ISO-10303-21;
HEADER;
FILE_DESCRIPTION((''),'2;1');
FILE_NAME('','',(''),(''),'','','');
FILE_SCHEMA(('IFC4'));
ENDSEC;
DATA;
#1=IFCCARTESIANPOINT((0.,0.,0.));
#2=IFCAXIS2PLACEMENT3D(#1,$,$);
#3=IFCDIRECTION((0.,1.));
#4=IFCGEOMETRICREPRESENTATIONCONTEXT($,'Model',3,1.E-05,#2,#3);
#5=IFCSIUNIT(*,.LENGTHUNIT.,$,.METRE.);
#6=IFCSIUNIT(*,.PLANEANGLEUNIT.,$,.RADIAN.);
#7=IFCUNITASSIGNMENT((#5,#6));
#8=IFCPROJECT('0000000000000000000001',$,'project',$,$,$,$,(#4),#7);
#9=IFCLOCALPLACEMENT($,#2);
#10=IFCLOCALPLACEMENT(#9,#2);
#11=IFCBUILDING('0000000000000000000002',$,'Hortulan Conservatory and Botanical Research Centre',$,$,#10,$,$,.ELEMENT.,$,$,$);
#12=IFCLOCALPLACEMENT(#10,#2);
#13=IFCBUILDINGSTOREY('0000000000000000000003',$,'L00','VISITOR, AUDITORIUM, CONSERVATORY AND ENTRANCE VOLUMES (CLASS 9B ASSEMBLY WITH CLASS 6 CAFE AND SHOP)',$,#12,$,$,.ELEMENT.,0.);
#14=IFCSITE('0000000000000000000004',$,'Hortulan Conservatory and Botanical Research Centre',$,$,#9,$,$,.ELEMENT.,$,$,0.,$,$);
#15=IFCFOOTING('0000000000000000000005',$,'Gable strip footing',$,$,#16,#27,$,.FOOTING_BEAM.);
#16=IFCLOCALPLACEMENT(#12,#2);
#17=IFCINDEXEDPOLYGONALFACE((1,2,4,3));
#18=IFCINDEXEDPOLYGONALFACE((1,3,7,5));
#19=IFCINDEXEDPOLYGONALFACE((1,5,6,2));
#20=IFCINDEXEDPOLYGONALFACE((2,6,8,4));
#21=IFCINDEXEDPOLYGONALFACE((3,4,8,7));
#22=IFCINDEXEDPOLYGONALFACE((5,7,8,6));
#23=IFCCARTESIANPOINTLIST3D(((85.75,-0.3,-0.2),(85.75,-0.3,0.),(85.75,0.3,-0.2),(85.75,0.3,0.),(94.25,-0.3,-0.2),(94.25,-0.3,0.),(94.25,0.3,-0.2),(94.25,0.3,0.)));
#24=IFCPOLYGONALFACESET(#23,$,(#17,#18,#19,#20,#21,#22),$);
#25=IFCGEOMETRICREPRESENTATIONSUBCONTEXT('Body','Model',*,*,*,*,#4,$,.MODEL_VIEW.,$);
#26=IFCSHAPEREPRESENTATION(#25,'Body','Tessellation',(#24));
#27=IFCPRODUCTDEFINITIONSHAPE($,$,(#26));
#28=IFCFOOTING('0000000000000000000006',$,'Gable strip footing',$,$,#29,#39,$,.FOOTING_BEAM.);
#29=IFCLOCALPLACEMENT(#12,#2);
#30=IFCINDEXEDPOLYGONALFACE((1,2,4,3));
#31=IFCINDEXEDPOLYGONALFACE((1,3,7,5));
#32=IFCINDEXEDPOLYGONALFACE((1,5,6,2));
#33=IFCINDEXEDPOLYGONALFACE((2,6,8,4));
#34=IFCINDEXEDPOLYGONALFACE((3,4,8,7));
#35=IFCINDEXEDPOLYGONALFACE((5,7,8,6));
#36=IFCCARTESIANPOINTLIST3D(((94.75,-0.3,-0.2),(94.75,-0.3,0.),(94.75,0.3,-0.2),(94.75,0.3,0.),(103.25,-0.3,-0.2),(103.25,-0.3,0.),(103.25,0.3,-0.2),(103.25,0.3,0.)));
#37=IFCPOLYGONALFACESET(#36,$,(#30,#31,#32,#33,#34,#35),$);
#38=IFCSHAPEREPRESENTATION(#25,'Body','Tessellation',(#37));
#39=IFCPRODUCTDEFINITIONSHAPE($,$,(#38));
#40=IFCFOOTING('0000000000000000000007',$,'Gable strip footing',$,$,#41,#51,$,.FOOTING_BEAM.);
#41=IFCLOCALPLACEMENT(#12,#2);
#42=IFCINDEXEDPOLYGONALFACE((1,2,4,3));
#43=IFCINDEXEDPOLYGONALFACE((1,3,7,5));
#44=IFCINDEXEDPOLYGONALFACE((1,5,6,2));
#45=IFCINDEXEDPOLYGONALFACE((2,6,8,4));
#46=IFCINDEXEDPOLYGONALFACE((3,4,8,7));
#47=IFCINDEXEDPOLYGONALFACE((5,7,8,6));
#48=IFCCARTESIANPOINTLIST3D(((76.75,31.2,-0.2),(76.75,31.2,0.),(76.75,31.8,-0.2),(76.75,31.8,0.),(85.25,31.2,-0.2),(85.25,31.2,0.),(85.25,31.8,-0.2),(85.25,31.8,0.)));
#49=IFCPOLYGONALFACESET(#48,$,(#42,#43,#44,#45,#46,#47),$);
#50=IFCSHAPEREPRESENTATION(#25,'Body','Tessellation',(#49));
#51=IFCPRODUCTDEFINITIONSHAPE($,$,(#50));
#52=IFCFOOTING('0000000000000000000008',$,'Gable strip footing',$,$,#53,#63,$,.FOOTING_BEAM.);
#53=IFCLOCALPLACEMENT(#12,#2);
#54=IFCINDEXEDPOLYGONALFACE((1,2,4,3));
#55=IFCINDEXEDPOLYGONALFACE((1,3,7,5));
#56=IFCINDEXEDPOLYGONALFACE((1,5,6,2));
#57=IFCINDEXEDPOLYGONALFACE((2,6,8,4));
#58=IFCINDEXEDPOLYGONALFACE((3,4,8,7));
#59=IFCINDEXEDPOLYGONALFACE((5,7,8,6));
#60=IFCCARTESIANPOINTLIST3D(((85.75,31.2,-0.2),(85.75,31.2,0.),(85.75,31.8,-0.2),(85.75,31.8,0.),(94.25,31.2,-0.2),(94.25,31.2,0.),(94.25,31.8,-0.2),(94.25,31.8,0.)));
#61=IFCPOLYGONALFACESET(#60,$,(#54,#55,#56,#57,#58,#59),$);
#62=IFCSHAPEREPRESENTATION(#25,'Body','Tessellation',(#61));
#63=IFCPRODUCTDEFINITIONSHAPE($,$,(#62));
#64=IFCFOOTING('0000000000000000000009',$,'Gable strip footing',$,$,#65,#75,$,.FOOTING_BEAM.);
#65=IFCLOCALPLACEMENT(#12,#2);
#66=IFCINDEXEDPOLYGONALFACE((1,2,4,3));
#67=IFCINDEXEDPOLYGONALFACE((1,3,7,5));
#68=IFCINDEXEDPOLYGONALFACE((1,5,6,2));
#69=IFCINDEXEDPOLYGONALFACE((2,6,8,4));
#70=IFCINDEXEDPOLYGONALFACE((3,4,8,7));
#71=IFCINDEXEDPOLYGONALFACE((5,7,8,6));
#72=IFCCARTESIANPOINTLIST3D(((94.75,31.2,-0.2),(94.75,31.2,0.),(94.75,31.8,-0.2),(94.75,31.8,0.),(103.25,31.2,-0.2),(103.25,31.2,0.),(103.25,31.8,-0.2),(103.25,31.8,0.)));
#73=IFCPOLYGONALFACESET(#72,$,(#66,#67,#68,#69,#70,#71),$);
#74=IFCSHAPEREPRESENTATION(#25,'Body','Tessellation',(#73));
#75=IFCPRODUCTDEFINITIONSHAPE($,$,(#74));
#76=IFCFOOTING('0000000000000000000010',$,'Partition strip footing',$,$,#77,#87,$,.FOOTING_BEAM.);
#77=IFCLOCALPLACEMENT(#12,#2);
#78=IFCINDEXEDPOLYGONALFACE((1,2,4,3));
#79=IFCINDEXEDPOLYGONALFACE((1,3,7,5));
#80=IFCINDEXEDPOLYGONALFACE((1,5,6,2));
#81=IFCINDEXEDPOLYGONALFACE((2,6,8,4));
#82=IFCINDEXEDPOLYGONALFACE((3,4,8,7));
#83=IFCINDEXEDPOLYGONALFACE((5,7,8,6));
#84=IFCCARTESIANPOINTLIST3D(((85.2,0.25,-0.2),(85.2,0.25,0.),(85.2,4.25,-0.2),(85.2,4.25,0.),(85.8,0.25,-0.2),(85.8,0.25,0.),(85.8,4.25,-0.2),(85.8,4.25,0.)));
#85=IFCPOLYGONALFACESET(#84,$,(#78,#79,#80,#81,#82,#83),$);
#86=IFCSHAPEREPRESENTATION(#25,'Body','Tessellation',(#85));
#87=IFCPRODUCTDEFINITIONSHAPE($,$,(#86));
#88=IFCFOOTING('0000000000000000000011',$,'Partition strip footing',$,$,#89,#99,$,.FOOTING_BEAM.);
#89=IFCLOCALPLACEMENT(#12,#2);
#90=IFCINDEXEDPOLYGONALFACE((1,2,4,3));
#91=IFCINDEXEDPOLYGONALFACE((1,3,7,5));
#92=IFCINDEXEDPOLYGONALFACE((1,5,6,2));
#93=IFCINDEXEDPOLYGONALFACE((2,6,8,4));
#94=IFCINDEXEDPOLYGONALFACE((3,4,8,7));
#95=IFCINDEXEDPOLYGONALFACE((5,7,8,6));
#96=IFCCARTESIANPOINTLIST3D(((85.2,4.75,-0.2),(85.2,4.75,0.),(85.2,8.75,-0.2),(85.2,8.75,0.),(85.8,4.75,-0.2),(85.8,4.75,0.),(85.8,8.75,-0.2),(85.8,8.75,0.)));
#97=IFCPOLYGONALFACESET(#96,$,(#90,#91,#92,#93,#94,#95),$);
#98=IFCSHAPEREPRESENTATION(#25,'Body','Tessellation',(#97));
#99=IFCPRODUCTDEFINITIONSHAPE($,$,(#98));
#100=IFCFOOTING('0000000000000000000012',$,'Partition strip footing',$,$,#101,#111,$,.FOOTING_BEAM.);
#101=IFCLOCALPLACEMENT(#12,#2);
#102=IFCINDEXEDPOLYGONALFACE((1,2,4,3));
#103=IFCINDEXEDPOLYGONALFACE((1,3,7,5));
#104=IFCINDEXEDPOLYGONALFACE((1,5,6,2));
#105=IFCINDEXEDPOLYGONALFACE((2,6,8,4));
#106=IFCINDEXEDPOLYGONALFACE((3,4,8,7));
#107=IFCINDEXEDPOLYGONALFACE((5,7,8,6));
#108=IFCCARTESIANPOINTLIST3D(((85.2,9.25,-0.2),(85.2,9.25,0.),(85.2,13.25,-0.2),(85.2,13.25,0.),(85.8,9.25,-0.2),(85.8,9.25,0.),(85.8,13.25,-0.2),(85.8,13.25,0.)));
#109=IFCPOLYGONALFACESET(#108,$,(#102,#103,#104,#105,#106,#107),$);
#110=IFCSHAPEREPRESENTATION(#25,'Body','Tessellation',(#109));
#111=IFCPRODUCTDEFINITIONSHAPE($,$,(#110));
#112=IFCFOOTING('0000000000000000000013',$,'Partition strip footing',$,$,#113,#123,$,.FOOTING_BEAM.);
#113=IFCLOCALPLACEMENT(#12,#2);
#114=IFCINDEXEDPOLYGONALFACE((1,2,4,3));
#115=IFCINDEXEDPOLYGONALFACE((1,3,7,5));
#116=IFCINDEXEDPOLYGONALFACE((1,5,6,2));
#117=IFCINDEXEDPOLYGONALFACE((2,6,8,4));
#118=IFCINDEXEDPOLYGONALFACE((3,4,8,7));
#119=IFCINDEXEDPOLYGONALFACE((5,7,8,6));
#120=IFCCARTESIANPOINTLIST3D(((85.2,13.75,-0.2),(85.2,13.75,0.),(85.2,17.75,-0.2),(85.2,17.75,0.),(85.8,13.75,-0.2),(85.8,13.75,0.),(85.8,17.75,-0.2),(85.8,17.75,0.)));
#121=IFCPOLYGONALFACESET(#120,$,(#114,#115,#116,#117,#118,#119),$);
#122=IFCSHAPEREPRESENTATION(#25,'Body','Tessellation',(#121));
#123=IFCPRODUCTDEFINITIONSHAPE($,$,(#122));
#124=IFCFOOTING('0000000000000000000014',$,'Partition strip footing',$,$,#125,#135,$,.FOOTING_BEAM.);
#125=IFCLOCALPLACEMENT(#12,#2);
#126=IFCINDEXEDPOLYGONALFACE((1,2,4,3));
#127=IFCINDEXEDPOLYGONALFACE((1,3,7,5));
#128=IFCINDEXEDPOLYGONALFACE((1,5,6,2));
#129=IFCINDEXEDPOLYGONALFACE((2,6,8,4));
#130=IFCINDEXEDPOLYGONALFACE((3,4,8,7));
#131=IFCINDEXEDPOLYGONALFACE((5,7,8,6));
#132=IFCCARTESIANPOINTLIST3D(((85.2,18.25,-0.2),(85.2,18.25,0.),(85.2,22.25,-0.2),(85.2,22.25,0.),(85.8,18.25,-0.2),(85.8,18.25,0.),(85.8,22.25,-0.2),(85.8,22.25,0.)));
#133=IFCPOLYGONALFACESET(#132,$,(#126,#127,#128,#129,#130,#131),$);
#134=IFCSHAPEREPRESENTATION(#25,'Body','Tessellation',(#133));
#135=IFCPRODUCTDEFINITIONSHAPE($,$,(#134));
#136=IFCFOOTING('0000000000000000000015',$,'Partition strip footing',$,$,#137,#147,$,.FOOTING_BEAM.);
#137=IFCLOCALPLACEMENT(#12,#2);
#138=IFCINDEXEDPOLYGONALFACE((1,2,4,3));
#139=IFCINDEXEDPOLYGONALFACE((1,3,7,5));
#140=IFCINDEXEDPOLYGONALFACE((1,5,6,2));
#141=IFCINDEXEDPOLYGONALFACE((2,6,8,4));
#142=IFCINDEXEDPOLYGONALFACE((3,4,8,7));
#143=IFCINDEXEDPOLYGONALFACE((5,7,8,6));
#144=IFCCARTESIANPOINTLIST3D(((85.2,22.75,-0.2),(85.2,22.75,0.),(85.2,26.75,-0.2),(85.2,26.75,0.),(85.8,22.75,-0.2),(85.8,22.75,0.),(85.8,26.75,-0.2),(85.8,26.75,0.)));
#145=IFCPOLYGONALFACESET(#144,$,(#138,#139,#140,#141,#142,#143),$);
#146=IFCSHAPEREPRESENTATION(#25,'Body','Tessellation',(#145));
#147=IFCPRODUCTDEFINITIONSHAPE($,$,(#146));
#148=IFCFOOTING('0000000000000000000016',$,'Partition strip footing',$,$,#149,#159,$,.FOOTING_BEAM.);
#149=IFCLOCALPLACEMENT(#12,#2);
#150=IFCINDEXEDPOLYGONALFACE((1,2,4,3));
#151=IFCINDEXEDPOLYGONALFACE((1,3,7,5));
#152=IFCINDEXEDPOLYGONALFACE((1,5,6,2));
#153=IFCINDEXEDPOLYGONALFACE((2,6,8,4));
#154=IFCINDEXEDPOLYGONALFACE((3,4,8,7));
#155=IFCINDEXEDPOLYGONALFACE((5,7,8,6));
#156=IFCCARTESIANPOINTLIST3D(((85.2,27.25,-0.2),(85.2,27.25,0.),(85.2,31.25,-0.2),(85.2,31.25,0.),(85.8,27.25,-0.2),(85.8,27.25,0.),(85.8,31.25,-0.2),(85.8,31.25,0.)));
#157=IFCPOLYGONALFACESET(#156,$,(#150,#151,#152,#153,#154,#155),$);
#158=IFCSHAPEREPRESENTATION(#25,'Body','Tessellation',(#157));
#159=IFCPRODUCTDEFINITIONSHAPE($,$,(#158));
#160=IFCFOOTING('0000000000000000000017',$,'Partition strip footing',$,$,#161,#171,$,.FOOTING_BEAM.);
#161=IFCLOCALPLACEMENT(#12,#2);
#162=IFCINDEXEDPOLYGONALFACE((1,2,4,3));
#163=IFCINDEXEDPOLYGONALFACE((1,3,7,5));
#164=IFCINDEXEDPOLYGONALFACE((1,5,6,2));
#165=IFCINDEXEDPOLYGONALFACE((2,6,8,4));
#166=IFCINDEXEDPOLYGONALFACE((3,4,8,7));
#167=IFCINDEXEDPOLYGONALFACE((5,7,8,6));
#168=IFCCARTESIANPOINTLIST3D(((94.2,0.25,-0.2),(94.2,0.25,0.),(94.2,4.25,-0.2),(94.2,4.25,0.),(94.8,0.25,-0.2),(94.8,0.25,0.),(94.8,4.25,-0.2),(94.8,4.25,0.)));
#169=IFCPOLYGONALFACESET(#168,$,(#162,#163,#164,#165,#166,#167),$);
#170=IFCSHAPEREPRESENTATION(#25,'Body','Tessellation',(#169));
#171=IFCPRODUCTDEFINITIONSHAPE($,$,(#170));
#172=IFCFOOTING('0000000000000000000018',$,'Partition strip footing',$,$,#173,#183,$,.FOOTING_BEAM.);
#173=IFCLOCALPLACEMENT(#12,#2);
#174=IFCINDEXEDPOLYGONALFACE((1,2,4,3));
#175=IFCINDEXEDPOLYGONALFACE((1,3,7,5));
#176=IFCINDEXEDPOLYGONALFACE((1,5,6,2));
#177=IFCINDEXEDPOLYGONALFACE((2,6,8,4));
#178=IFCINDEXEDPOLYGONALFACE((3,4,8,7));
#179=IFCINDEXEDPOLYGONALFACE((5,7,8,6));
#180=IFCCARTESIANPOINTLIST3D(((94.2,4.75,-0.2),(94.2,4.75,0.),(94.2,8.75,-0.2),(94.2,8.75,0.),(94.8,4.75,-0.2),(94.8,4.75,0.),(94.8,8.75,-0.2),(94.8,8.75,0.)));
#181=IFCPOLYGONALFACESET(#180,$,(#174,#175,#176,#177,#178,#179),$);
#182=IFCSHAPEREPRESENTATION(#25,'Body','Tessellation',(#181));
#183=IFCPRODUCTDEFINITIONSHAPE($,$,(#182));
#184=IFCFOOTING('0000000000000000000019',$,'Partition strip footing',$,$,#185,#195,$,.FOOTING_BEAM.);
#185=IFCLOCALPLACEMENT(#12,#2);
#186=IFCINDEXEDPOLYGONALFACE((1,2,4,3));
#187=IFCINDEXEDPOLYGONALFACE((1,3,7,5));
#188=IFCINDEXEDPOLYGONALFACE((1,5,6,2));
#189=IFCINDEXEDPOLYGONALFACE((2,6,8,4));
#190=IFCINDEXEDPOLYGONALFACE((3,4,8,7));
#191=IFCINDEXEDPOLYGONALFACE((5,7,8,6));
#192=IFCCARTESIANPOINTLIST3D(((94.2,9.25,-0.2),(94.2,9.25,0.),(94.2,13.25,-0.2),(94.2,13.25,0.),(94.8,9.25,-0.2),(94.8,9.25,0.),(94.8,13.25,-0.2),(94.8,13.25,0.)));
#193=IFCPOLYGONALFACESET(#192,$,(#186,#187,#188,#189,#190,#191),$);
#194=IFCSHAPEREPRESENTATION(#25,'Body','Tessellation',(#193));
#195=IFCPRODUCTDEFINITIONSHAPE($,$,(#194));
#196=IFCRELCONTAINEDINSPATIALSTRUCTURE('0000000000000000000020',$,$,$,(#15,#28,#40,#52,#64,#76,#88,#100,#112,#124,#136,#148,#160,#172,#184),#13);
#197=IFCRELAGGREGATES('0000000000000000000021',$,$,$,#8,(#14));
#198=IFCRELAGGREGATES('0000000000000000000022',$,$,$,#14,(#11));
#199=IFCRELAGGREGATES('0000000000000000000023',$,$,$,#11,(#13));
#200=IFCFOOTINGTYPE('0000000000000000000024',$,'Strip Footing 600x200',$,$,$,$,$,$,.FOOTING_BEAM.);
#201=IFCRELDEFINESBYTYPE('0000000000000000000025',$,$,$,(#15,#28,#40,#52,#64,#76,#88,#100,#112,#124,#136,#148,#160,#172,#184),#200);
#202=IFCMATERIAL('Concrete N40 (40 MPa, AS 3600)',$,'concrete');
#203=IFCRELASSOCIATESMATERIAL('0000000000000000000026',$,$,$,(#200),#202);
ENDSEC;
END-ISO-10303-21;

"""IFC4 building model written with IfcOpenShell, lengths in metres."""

from ifc_helpers import new_model, si_unit, direction, frame, origin, place, context, subcontext, project, spatial, polyline, outline, extrude, material, type_object, element, save


model = new_model("IFC4")

# Units and contexts
model_context = context("Model", 3, precision=1e-05, world=origin(), true_north=direction((0.0, 1.0)))
body_context = subcontext(model_context, "Body", "Model", "MODEL_VIEW")
ifc_project = project(units=[si_unit("LENGTHUNIT", "METRE"), si_unit("PLANEANGLEUNIT", "RADIAN")], contexts=[model_context])

# Site, building, storey
site_placement = place(None, origin())
site = spatial("IfcSite", under=ifc_project, at=site_placement, Name="Hortulan Conservatory and Botanical Research Centre", CompositionType="ELEMENT", RefElevation=0.0)
building_placement = place(site_placement, origin())
building = spatial("IfcBuilding", under=site, at=building_placement, Name="Hortulan Conservatory and Botanical Research Centre", CompositionType="ELEMENT")
storey_placement = place(building_placement, origin())
storey = spatial("IfcBuildingStorey", under=building, at=storey_placement, Name="L00", Description="VISITOR, AUDITORIUM, CONSERVATORY AND ENTRANCE VOLUMES (CLASS 9B ASSEMBLY WITH CLASS 6 CAFE AND SHOP)", CompositionType="ELEMENT", Elevation=0.0)

# Footings
ifc_material = material(Name="Concrete N40 (40 MPa, AS 3600)", Category="concrete")
footing_type = type_object("IfcFootingType", Name="Strip Footing 600x200", PredefinedType="FOOTING_BEAM", material=ifc_material)
footing_1_placement = place(storey_placement, frame((0.0, 0.0, -0.2)))
element("IfcFooting", 1, at=footing_1_placement, inside=storey, type_object=footing_type, Name="Gable strip footing", PredefinedType="FOOTING_BEAM", context=body_context, shape_type="SweptSolid", body=[
    extrude(outline(polyline([(94.25, -0.3), (94.25, 0.3), (85.75, 0.3), (85.75, -0.3), (94.25, -0.3)])), origin(), (0.0, 0.0, 1.0), 0.2),
])
footing_2_placement = place(storey_placement, frame((0.0, 0.0, -0.2)))
element("IfcFooting", 2, at=footing_2_placement, inside=storey, type_object=footing_type, Name="Gable strip footing", PredefinedType="FOOTING_BEAM", context=body_context, shape_type="SweptSolid", body=[
    extrude(outline(polyline([(103.25, -0.3), (103.25, 0.3), (94.75, 0.3), (94.75, -0.3), (103.25, -0.3)])), origin(), (0.0, 0.0, 1.0), 0.2),
])
footing_3_placement = place(storey_placement, frame((0.0, 0.0, -0.2)))
element("IfcFooting", 3, at=footing_3_placement, inside=storey, type_object=footing_type, Name="Gable strip footing", PredefinedType="FOOTING_BEAM", context=body_context, shape_type="SweptSolid", body=[
    extrude(outline(polyline([(85.25, 31.2), (85.25, 31.8), (76.75, 31.8), (76.75, 31.2), (85.25, 31.2)])), origin(), (0.0, 0.0, 1.0), 0.2),
])
footing_4_placement = place(storey_placement, frame((0.0, 0.0, -0.2)))
element("IfcFooting", 4, at=footing_4_placement, inside=storey, type_object=footing_type, Name="Gable strip footing", PredefinedType="FOOTING_BEAM", context=body_context, shape_type="SweptSolid", body=[
    extrude(outline(polyline([(94.25, 31.2), (94.25, 31.8), (85.75, 31.8), (85.75, 31.2), (94.25, 31.2)])), origin(), (0.0, 0.0, 1.0), 0.2),
])
footing_5_placement = place(storey_placement, frame((0.0, 0.0, -0.2)))
element("IfcFooting", 5, at=footing_5_placement, inside=storey, type_object=footing_type, Name="Gable strip footing", PredefinedType="FOOTING_BEAM", context=body_context, shape_type="SweptSolid", body=[
    extrude(outline(polyline([(103.25, 31.2), (103.25, 31.8), (94.75, 31.8), (94.75, 31.2), (103.25, 31.2)])), origin(), (0.0, 0.0, 1.0), 0.2),
])
footing_6_placement = place(storey_placement, frame((0.0, 0.0, -0.2)))
element("IfcFooting", 6, at=footing_6_placement, inside=storey, type_object=footing_type, Name="Partition strip footing", PredefinedType="FOOTING_BEAM", context=body_context, shape_type="SweptSolid", body=[
    extrude(outline(polyline([(85.8, 0.25), (85.8, 4.25), (85.2, 4.25), (85.2, 0.25), (85.8, 0.25)])), origin(), (0.0, 0.0, 1.0), 0.2),
])
footing_7_placement = place(storey_placement, frame((0.0, 0.0, -0.2)))
element("IfcFooting", 7, at=footing_7_placement, inside=storey, type_object=footing_type, Name="Partition strip footing", PredefinedType="FOOTING_BEAM", context=body_context, shape_type="SweptSolid", body=[
    extrude(outline(polyline([(85.8, 4.75), (85.8, 8.75), (85.2, 8.75), (85.2, 4.75), (85.8, 4.75)])), origin(), (0.0, 0.0, 1.0), 0.2),
])
footing_8_placement = place(storey_placement, frame((0.0, 0.0, -0.2)))
element("IfcFooting", 8, at=footing_8_placement, inside=storey, type_object=footing_type, Name="Partition strip footing", PredefinedType="FOOTING_BEAM", context=body_context, shape_type="SweptSolid", body=[
    extrude(outline(polyline([(85.8, 9.25), (85.8, 13.25), (85.2, 13.25), (85.2, 9.25), (85.8, 9.25)])), origin(), (0.0, 0.0, 1.0), 0.2),
])
footing_9_placement = place(storey_placement, frame((0.0, 0.0, -0.2)))
element("IfcFooting", 9, at=footing_9_placement, inside=storey, type_object=footing_type, Name="Partition strip footing", PredefinedType="FOOTING_BEAM", context=body_context, shape_type="SweptSolid", body=[
    extrude(outline(polyline([(85.8, 13.75), (85.8, 17.75), (85.2, 17.75), (85.2, 13.75), (85.8, 13.75)])), origin(), (0.0, 0.0, 1.0), 0.2),
])
footing_10_placement = place(storey_placement, frame((0.0, 0.0, -0.2)))
element("IfcFooting", 10, at=footing_10_placement, inside=storey, type_object=footing_type, Name="Partition strip footing", PredefinedType="FOOTING_BEAM", context=body_context, shape_type="SweptSolid", body=[
    extrude(outline(polyline([(85.8, 18.25), (85.8, 22.25), (85.2, 22.25), (85.2, 18.25), (85.8, 18.25)])), origin(), (0.0, 0.0, 1.0), 0.2),
])
footing_11_placement = place(storey_placement, frame((0.0, 0.0, -0.2)))
element("IfcFooting", 11, at=footing_11_placement, inside=storey, type_object=footing_type, Name="Partition strip footing", PredefinedType="FOOTING_BEAM", context=body_context, shape_type="SweptSolid", body=[
    extrude(outline(polyline([(85.8, 22.75), (85.8, 26.75), (85.2, 26.75), (85.2, 22.75), (85.8, 22.75)])), origin(), (0.0, 0.0, 1.0), 0.2),
])
footing_12_placement = place(storey_placement, frame((0.0, 0.0, -0.2)))
element("IfcFooting", 12, at=footing_12_placement, inside=storey, type_object=footing_type, Name="Partition strip footing", PredefinedType="FOOTING_BEAM", context=body_context, shape_type="SweptSolid", body=[
    extrude(outline(polyline([(85.8, 27.25), (85.8, 31.25), (85.2, 31.25), (85.2, 27.25), (85.8, 27.25)])), origin(), (0.0, 0.0, 1.0), 0.2),
])
footing_13_placement = place(storey_placement, frame((0.0, 0.0, -0.2)))
element("IfcFooting", 13, at=footing_13_placement, inside=storey, type_object=footing_type, Name="Partition strip footing", PredefinedType="FOOTING_BEAM", context=body_context, shape_type="SweptSolid", body=[
    extrude(outline(polyline([(94.8, 0.25), (94.8, 4.25), (94.2, 4.25), (94.2, 0.25), (94.8, 0.25)])), origin(), (0.0, 0.0, 1.0), 0.2),
])
footing_14_placement = place(storey_placement, frame((0.0, 0.0, -0.2)))
element("IfcFooting", 14, at=footing_14_placement, inside=storey, type_object=footing_type, Name="Partition strip footing", PredefinedType="FOOTING_BEAM", context=body_context, shape_type="SweptSolid", body=[
    extrude(outline(polyline([(94.8, 4.75), (94.8, 8.75), (94.2, 8.75), (94.2, 4.75), (94.8, 4.75)])), origin(), (0.0, 0.0, 1.0), 0.2),
])
footing_15_placement = place(storey_placement, frame((0.0, 0.0, -0.2)))
element("IfcFooting", 15, at=footing_15_placement, inside=storey, type_object=footing_type, Name="Partition strip footing", PredefinedType="FOOTING_BEAM", context=body_context, shape_type="SweptSolid", body=[
    extrude(outline(polyline([(94.8, 9.25), (94.8, 13.25), (94.2, 13.25), (94.2, 9.25), (94.8, 9.25)])), origin(), (0.0, 0.0, 1.0), 0.2),
])

save(model, "model.ifc")
